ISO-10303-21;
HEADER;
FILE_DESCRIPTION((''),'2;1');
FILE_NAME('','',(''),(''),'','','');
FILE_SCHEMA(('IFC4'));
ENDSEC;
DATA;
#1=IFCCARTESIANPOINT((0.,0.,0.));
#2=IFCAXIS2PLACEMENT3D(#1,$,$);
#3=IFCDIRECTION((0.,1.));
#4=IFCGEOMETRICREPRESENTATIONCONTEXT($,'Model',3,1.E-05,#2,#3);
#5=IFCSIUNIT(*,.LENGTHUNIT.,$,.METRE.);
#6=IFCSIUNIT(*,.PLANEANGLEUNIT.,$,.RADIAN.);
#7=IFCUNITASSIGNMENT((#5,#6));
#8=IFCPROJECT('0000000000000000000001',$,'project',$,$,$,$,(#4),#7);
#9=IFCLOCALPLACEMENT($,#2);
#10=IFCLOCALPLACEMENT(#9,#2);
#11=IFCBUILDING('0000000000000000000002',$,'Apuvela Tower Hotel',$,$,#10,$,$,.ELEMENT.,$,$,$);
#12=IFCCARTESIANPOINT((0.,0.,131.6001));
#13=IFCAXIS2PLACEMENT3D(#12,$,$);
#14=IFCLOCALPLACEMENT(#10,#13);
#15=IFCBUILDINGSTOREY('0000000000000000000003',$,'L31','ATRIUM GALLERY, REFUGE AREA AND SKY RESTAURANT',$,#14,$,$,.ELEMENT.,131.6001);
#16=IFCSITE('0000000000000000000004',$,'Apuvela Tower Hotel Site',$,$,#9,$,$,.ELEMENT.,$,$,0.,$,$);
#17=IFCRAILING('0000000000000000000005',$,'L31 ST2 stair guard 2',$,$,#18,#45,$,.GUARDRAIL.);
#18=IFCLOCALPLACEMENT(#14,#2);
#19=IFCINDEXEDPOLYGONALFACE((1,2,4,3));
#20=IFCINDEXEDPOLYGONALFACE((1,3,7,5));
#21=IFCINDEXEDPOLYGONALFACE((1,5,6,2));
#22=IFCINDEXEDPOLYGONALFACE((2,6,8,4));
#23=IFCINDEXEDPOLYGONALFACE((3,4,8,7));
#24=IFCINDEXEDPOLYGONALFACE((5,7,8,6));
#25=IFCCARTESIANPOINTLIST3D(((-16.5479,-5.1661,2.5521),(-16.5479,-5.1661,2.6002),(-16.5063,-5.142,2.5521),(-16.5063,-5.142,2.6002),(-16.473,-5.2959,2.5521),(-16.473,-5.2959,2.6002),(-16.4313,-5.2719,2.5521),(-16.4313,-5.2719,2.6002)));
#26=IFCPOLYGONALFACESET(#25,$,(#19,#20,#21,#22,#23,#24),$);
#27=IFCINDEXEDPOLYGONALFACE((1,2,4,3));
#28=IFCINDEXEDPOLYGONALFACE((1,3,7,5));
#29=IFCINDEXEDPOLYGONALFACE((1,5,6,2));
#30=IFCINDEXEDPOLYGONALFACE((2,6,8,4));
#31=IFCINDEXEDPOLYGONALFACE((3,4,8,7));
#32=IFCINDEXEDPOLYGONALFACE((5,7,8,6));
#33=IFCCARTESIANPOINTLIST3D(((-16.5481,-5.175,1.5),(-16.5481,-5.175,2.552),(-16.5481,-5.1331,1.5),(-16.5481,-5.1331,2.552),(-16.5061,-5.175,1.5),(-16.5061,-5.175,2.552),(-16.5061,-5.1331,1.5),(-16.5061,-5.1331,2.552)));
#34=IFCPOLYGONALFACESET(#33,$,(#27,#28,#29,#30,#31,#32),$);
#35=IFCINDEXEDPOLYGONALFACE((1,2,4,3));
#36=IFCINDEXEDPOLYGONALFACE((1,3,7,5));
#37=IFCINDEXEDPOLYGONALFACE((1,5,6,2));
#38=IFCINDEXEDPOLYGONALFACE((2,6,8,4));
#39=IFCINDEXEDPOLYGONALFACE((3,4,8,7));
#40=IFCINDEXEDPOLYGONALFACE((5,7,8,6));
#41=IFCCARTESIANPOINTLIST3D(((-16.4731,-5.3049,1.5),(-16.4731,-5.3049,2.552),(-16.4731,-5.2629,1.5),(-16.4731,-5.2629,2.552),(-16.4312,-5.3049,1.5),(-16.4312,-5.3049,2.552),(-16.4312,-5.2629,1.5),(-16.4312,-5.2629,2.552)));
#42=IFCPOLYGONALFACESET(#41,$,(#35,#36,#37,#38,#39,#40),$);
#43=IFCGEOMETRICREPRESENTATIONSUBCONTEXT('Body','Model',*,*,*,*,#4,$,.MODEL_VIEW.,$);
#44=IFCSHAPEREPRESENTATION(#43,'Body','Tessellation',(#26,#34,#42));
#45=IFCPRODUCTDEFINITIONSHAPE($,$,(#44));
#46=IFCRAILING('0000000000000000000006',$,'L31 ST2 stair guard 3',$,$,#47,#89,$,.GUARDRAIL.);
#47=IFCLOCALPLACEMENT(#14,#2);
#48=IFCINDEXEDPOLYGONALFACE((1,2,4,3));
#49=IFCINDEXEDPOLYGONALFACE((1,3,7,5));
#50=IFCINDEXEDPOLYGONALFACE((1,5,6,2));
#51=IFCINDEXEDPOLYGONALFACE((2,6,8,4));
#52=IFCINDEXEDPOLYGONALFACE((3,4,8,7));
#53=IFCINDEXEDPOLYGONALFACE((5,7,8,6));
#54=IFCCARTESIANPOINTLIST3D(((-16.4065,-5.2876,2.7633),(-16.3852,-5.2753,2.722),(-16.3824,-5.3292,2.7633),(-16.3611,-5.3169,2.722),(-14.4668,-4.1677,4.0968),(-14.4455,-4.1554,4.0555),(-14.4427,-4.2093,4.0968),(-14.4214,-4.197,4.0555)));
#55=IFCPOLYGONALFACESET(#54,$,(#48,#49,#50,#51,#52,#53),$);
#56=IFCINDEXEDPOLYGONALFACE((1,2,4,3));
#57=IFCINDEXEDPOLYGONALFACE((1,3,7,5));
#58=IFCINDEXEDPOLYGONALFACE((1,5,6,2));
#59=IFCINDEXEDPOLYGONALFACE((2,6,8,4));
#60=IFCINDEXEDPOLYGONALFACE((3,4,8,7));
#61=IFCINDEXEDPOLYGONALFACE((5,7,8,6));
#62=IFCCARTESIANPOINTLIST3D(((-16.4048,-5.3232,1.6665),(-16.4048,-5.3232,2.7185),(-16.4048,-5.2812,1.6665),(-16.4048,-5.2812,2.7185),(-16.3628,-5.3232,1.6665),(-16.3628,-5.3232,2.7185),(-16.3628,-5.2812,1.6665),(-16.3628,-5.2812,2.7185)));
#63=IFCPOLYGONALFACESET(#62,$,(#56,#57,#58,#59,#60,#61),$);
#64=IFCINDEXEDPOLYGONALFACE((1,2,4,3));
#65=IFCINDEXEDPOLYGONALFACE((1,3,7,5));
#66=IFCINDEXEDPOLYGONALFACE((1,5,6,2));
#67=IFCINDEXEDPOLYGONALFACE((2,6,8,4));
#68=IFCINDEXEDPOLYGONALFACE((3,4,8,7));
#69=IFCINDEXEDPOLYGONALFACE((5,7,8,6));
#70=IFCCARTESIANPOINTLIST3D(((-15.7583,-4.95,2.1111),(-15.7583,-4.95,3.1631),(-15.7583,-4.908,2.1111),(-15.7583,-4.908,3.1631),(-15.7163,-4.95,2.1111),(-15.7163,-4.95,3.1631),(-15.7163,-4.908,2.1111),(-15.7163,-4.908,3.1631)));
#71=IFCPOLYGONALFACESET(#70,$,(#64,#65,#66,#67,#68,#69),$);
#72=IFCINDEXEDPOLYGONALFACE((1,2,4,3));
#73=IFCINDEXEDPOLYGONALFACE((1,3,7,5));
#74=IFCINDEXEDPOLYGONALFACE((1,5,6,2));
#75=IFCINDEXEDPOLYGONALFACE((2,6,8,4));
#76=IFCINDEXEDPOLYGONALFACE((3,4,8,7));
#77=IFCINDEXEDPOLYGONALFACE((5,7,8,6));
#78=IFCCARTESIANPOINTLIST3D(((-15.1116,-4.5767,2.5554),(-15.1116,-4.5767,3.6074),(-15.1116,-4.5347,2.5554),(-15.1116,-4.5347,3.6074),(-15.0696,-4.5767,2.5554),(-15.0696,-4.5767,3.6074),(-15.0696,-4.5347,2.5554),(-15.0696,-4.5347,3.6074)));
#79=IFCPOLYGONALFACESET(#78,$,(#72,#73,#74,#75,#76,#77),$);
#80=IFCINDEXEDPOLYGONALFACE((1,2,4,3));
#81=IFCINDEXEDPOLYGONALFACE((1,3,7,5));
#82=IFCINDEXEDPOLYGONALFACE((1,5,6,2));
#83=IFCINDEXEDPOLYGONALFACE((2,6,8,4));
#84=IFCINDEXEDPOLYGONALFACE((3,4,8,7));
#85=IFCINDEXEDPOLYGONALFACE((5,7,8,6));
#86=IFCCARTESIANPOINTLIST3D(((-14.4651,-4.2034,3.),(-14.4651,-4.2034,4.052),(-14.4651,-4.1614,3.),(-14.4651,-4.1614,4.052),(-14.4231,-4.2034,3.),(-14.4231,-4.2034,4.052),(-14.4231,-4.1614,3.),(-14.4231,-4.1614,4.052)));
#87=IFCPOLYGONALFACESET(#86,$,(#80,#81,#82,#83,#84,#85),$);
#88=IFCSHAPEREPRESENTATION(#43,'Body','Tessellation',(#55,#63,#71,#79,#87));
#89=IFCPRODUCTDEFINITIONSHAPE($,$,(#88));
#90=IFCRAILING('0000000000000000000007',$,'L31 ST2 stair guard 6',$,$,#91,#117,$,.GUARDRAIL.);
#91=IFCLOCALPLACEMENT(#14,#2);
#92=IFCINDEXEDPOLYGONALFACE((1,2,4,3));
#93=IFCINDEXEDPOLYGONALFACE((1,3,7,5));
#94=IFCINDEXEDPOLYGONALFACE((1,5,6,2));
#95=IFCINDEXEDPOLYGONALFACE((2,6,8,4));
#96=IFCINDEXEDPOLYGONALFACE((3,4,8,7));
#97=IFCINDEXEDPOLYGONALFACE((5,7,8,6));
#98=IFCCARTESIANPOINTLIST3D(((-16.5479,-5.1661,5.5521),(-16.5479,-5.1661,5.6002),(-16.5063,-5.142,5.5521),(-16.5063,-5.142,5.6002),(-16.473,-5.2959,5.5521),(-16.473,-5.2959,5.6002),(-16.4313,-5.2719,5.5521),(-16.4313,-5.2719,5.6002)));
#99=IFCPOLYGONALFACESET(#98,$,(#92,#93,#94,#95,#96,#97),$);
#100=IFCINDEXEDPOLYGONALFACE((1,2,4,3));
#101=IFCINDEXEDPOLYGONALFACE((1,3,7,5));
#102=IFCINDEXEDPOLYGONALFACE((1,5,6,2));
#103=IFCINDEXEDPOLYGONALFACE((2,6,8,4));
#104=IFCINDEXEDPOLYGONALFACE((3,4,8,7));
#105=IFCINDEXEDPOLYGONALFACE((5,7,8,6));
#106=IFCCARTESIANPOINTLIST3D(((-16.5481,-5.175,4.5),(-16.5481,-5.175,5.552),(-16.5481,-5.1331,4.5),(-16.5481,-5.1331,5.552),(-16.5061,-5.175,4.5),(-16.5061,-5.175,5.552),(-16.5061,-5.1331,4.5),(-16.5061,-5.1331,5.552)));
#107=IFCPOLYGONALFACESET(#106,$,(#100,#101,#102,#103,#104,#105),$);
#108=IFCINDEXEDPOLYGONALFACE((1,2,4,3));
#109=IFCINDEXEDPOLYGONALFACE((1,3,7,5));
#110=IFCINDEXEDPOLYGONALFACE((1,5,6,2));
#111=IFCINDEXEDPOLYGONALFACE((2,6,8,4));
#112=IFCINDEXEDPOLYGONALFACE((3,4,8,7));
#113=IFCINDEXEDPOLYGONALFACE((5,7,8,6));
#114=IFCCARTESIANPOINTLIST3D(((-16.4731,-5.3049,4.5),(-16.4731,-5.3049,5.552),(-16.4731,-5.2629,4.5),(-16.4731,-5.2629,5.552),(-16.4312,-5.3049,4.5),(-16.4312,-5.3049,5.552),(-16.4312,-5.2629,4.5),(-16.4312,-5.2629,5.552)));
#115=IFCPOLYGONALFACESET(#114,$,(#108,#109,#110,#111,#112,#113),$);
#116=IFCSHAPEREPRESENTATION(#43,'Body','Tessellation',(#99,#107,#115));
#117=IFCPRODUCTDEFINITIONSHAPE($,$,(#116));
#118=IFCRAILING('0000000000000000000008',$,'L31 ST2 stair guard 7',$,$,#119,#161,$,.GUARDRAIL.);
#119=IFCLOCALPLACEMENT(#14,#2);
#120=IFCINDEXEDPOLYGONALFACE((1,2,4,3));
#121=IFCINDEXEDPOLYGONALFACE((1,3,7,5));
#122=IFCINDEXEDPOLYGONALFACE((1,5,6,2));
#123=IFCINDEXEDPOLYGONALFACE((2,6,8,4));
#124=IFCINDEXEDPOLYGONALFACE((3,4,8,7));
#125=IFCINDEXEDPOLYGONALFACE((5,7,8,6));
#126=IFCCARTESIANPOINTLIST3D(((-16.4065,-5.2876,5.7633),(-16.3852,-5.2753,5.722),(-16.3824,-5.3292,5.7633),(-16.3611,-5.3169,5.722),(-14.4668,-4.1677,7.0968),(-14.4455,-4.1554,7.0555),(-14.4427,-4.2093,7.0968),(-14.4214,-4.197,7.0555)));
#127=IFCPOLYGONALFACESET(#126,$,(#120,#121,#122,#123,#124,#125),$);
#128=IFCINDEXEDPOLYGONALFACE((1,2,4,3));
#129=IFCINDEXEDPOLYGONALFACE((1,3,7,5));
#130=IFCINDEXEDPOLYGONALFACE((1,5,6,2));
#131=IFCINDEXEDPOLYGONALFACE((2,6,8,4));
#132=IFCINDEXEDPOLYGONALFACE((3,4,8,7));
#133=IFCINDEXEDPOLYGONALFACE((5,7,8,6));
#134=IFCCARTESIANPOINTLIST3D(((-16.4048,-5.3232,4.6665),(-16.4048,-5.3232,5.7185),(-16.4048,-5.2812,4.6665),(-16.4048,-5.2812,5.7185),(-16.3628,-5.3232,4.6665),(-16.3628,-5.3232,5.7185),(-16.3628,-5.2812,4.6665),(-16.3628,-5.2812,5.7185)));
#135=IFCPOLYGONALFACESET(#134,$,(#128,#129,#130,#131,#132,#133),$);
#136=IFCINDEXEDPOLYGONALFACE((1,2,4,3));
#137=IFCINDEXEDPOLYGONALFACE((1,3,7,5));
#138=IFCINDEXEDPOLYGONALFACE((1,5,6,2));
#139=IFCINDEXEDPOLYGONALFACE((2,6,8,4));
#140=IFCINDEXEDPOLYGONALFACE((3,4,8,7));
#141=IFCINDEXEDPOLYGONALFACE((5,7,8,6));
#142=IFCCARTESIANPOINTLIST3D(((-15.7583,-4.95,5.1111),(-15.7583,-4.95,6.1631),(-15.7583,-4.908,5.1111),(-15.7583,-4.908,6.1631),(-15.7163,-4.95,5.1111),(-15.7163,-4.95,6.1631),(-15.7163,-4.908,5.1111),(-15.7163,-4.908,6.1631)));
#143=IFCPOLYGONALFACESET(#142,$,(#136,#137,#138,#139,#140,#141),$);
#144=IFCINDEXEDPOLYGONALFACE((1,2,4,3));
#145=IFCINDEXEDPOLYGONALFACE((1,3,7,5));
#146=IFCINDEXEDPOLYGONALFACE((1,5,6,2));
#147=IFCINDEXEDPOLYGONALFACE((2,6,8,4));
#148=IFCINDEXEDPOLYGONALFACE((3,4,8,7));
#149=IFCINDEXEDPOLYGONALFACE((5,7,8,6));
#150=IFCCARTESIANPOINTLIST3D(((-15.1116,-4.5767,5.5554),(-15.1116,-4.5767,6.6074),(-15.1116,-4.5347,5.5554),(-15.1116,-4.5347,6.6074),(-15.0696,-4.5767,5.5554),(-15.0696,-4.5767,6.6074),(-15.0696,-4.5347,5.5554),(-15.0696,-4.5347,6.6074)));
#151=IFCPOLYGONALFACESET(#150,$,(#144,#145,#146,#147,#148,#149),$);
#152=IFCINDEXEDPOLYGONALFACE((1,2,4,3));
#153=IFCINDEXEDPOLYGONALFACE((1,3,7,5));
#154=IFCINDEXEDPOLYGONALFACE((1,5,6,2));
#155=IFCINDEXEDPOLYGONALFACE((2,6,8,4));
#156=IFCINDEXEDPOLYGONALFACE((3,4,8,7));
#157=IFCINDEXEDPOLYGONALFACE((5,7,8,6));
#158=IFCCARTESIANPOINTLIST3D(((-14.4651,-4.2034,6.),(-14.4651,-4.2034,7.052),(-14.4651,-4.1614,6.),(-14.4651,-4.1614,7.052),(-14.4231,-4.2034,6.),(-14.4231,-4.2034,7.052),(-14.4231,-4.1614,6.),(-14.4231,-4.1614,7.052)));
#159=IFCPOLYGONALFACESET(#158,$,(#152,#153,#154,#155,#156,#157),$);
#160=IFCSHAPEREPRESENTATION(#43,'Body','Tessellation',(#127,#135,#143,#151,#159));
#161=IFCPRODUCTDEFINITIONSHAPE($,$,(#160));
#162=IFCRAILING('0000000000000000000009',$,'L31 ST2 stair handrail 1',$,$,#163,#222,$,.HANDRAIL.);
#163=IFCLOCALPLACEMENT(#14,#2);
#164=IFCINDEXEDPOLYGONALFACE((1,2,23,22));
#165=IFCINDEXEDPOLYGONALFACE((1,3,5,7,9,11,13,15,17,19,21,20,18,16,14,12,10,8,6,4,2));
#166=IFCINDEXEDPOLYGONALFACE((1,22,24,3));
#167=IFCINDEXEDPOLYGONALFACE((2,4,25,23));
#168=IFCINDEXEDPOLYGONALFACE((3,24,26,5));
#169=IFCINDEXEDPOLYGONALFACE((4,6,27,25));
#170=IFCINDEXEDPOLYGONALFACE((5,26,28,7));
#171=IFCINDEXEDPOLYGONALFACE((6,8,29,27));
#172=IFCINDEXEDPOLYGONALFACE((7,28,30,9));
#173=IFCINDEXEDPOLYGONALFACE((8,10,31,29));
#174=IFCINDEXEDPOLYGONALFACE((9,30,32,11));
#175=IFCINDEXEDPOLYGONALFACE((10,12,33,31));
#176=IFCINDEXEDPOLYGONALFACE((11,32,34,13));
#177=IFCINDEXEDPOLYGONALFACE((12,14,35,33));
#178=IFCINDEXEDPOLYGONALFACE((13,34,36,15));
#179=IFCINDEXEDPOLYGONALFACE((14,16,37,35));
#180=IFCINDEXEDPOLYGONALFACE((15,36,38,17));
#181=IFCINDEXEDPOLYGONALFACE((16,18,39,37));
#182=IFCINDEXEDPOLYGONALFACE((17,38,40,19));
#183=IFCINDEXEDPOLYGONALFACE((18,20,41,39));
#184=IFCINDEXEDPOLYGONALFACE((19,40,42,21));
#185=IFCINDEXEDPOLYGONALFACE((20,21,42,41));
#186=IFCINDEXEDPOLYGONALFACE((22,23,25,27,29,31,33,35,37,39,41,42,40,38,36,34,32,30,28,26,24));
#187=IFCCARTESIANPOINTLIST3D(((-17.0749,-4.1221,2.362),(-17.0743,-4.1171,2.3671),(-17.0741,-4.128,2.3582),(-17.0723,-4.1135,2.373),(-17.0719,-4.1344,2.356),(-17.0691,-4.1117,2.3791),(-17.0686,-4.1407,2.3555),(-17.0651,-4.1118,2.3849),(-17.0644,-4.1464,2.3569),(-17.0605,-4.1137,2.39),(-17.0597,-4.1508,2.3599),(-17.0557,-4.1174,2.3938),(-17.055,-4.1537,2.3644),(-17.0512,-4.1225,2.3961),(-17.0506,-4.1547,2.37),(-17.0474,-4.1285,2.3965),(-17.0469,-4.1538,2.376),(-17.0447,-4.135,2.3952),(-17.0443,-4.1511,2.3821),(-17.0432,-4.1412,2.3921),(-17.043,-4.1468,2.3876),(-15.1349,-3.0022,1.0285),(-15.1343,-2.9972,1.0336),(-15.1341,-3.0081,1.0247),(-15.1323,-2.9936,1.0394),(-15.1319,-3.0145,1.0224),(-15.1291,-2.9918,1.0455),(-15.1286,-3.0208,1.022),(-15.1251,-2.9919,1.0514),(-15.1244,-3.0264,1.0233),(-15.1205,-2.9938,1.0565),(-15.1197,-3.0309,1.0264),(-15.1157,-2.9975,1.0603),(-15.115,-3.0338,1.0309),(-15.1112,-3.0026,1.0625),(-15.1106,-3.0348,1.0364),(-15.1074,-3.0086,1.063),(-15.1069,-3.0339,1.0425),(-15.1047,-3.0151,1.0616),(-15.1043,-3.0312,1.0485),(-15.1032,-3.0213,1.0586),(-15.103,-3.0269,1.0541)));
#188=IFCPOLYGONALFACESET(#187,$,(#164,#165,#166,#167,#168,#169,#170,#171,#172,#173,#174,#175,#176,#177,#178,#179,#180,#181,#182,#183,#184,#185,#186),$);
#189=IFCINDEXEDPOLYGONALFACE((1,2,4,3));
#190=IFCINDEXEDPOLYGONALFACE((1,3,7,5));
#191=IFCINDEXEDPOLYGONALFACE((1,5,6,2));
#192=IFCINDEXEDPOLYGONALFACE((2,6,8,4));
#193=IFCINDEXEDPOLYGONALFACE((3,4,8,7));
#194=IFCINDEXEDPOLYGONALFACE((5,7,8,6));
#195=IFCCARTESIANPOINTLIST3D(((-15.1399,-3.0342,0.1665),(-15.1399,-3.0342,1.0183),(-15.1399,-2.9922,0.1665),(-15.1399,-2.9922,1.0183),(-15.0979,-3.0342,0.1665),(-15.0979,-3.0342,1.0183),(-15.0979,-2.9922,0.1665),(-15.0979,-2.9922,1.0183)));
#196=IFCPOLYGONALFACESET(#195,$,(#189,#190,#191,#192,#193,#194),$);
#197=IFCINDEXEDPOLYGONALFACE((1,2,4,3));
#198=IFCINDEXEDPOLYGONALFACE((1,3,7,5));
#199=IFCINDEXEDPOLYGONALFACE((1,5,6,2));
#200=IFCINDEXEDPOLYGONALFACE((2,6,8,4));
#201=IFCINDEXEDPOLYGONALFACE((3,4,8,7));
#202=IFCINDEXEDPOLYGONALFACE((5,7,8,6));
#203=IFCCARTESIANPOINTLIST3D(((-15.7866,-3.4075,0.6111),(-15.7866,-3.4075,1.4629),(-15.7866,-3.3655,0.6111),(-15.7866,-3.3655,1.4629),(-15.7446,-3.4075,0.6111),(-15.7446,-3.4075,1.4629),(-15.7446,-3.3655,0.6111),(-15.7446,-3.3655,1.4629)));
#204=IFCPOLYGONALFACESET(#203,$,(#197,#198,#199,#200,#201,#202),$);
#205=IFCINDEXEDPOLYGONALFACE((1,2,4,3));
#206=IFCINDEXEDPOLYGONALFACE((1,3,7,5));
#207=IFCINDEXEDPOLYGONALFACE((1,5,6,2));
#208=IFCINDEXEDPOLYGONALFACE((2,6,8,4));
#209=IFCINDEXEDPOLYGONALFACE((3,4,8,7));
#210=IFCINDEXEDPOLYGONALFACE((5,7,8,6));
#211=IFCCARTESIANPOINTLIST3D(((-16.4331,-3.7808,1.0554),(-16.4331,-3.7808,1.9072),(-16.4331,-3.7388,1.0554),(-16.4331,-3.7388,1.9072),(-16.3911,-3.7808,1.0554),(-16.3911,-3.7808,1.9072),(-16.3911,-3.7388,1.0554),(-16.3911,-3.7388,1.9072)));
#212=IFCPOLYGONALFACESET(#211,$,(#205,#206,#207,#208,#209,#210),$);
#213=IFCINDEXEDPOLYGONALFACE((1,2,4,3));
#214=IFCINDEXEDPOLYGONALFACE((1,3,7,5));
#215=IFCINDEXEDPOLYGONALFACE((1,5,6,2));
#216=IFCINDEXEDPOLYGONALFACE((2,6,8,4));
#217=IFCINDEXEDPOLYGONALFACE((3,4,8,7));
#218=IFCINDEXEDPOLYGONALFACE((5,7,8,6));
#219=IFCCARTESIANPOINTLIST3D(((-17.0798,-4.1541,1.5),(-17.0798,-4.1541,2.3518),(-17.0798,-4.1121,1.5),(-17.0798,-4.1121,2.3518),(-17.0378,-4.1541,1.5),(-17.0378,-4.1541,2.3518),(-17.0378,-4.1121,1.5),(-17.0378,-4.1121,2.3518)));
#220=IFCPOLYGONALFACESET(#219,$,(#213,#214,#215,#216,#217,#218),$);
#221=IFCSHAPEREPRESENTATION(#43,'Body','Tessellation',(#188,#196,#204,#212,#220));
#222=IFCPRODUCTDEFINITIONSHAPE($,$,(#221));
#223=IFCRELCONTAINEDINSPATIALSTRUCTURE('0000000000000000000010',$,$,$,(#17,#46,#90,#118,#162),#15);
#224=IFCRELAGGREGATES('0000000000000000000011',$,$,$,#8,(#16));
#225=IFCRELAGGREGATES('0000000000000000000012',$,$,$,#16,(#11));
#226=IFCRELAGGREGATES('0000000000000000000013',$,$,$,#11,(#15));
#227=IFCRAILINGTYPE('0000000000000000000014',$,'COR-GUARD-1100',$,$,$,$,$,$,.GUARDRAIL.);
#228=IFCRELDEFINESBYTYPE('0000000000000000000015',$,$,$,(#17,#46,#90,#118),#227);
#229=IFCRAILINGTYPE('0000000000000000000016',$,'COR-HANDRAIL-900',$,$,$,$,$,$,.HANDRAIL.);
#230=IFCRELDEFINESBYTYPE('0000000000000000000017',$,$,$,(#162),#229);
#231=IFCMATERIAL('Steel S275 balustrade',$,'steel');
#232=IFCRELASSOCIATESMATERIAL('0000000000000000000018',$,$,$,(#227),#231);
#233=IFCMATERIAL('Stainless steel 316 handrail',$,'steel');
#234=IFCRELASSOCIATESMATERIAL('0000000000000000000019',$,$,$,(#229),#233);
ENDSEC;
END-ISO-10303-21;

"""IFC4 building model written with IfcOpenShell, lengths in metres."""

from ifc_helpers import new_model, si_unit, direction, frame, origin, origin_2d, place, context, subcontext, project, spatial, rectangle, circle, extrude, material, type_object, element, save


model = new_model("IFC4")

# Units and contexts
model_context = context("Model", 3, precision=1e-05, world=origin(), true_north=direction((0.0, 1.0)))
body_context = subcontext(model_context, "Body", "Model", "MODEL_VIEW")
ifc_project = project(units=[si_unit("LENGTHUNIT", "METRE"), si_unit("PLANEANGLEUNIT", "RADIAN")], contexts=[model_context])

# Site, building, storey
site_placement = place(None, origin())
site = spatial("IfcSite", under=ifc_project, at=site_placement, Name="Apuvela Tower Hotel Site", CompositionType="ELEMENT", RefElevation=0.0)
building_placement = place(site_placement, origin())
building = spatial("IfcBuilding", under=site, at=building_placement, Name="Apuvela Tower Hotel", CompositionType="ELEMENT")
storey_placement = place(building_placement, frame((0.0, 0.0, 131.6001)))
storey = spatial("IfcBuildingStorey", under=building, at=storey_placement, Name="L31", Description="ATRIUM GALLERY, REFUGE AREA AND SKY RESTAURANT", CompositionType="ELEMENT", Elevation=131.6001)

# Railings
ifc_material_1 = material(Name="Steel S275 balustrade", Category="steel")
railing_type_1 = type_object("IfcRailingType", Name="COR-GUARD-1100", PredefinedType="GUARDRAIL", material=ifc_material_1)
railing_1_placement = place(storey_placement, frame((-16.5271, -5.1541, 1.5)))
element("IfcRailing", 1, at=railing_1_placement, inside=storey, type_object=railing_type_1, Name="L31 ST2 stair guard 2", PredefinedType="GUARDRAIL", context=body_context, shape_type="SweptSolid", body=[
    extrude(rectangle(XDim=0.0481, YDim=0.0481, at=origin_2d()), frame((0.0, 0.0, 1.0762), z_axis=(0.499816, -0.866131, 0.0), x_axis=(0.866131, 0.499816, 0.0)), (0.0, 0.0, 1.0), 0.1499),
    extrude(rectangle(XDim=0.042, YDim=0.042, at=origin_2d()), origin(), (0.0, 0.0, 1.0), 1.052),
    extrude(rectangle(XDim=0.042, YDim=0.042, at=origin_2d()), frame((0.075, -0.1299, 0.0)), (0.0, 0.0, 1.0), 1.052),
])
railing_2_placement = place(storey_placement, frame((-16.3838, -5.3022, 1.6665)))
element("IfcRailing", 2, at=railing_2_placement, inside=storey, type_object=railing_type_1, Name="L31 ST2 stair guard 3", PredefinedType="GUARDRAIL", context=body_context, shape_type="SweptSolid", body=[
    extrude(rectangle(XDim=0.0481, YDim=0.0481, at=origin_2d()), frame((0.0, 0.0, 1.0762), z_axis=(0.744127, 0.429617, 0.51157), x_axis=(-0.499996, 0.866028, 0.0)), (0.0, 0.0, 1.0), 2.6067),
    extrude(rectangle(XDim=0.042, YDim=0.042, at=origin_2d()), origin(), (0.0, 0.0, 1.0), 1.052),
    extrude(rectangle(XDim=0.042, YDim=0.042, at=origin_2d()), frame((0.6465, 0.3733, 0.4446)), (0.0, 0.0, 1.0), 1.052),
    extrude(rectangle(XDim=0.042, YDim=0.042, at=origin_2d()), frame((1.2932, 0.7466, 0.8889)), (0.0, 0.0, 1.0), 1.052),
    extrude(rectangle(XDim=0.042, YDim=0.042, at=origin_2d()), frame((1.9397, 1.1199, 1.3335)), (0.0, 0.0, 1.0), 1.052),
])
railing_3_placement = place(storey_placement, frame((-16.5271, -5.1541, 4.5)))
element("IfcRailing", 3, at=railing_3_placement, inside=storey, type_object=railing_type_1, Name="L31 ST2 stair guard 6", PredefinedType="GUARDRAIL", context=body_context, shape_type="SweptSolid", body=[
    extrude(rectangle(XDim=0.0481, YDim=0.0481, at=origin_2d()), frame((0.0, 0.0, 1.0762), z_axis=(0.499816, -0.866131, 0.0), x_axis=(0.866131, 0.499816, 0.0)), (0.0, 0.0, 1.0), 0.1499),
    extrude(rectangle(XDim=0.042, YDim=0.042, at=origin_2d()), origin(), (0.0, 0.0, 1.0), 1.052),
    extrude(rectangle(XDim=0.042, YDim=0.042, at=origin_2d()), frame((0.075, -0.1299, 0.0)), (0.0, 0.0, 1.0), 1.052),
])
railing_4_placement = place(storey_placement, frame((-16.3838, -5.3022, 4.6665)))
element("IfcRailing", 4, at=railing_4_placement, inside=storey, type_object=railing_type_1, Name="L31 ST2 stair guard 7", PredefinedType="GUARDRAIL", context=body_context, shape_type="SweptSolid", body=[
    extrude(rectangle(XDim=0.0481, YDim=0.0481, at=origin_2d()), frame((0.0, 0.0, 1.0762), z_axis=(0.744127, 0.429617, 0.51157), x_axis=(-0.499996, 0.866028, 0.0)), (0.0, 0.0, 1.0), 2.6067),
    extrude(rectangle(XDim=0.042, YDim=0.042, at=origin_2d()), origin(), (0.0, 0.0, 1.0), 1.052),
    extrude(rectangle(XDim=0.042, YDim=0.042, at=origin_2d()), frame((0.6465, 0.3733, 0.4446)), (0.0, 0.0, 1.0), 1.052),
    extrude(rectangle(XDim=0.042, YDim=0.042, at=origin_2d()), frame((1.2932, 0.7466, 0.8889)), (0.0, 0.0, 1.0), 1.052),
    extrude(rectangle(XDim=0.042, YDim=0.042, at=origin_2d()), frame((1.9397, 1.1199, 1.3335)), (0.0, 0.0, 1.0), 1.052),
])
ifc_material_2 = material(Name="Stainless steel 316 handrail", Category="steel")
railing_type_2 = type_object("IfcRailingType", Name="COR-HANDRAIL-900", PredefinedType="HANDRAIL", material=ifc_material_2)
railing_5_placement = place(storey_placement, frame((-15.1189, -3.0132, 0.1665)))
element("IfcRailing", 5, at=railing_5_placement, inside=storey, type_object=railing_type_2, Name="L31 ST2 stair handrail 1", PredefinedType="HANDRAIL", context=body_context, shape_type="SweptSolid", body=[
    extrude(circle(Radius=0.0239, at=origin_2d()), frame((0.0, 0.0, 0.876), z_axis=(-0.744169, -0.429588, 0.511534), x_axis=(0.499949, -0.866055, 0.0)), (0.0, 0.0, 1.0), 2.6069),
    extrude(rectangle(XDim=0.042, YDim=0.042, at=origin_2d()), origin(), (0.0, 0.0, 1.0), 0.8518),
    extrude(rectangle(XDim=0.042, YDim=0.042, at=origin_2d()), frame((-0.6467, -0.3733, 0.4446)), (0.0, 0.0, 1.0), 0.8518),
    extrude(rectangle(XDim=0.042, YDim=0.042, at=origin_2d()), frame((-1.2932, -0.7466, 0.8889)), (0.0, 0.0, 1.0), 0.8518),
    extrude(rectangle(XDim=0.042, YDim=0.042, at=origin_2d()), frame((-1.9399, -1.1199, 1.3335)), (0.0, 0.0, 1.0), 0.8518),
])

save(model, "model.ifc")
